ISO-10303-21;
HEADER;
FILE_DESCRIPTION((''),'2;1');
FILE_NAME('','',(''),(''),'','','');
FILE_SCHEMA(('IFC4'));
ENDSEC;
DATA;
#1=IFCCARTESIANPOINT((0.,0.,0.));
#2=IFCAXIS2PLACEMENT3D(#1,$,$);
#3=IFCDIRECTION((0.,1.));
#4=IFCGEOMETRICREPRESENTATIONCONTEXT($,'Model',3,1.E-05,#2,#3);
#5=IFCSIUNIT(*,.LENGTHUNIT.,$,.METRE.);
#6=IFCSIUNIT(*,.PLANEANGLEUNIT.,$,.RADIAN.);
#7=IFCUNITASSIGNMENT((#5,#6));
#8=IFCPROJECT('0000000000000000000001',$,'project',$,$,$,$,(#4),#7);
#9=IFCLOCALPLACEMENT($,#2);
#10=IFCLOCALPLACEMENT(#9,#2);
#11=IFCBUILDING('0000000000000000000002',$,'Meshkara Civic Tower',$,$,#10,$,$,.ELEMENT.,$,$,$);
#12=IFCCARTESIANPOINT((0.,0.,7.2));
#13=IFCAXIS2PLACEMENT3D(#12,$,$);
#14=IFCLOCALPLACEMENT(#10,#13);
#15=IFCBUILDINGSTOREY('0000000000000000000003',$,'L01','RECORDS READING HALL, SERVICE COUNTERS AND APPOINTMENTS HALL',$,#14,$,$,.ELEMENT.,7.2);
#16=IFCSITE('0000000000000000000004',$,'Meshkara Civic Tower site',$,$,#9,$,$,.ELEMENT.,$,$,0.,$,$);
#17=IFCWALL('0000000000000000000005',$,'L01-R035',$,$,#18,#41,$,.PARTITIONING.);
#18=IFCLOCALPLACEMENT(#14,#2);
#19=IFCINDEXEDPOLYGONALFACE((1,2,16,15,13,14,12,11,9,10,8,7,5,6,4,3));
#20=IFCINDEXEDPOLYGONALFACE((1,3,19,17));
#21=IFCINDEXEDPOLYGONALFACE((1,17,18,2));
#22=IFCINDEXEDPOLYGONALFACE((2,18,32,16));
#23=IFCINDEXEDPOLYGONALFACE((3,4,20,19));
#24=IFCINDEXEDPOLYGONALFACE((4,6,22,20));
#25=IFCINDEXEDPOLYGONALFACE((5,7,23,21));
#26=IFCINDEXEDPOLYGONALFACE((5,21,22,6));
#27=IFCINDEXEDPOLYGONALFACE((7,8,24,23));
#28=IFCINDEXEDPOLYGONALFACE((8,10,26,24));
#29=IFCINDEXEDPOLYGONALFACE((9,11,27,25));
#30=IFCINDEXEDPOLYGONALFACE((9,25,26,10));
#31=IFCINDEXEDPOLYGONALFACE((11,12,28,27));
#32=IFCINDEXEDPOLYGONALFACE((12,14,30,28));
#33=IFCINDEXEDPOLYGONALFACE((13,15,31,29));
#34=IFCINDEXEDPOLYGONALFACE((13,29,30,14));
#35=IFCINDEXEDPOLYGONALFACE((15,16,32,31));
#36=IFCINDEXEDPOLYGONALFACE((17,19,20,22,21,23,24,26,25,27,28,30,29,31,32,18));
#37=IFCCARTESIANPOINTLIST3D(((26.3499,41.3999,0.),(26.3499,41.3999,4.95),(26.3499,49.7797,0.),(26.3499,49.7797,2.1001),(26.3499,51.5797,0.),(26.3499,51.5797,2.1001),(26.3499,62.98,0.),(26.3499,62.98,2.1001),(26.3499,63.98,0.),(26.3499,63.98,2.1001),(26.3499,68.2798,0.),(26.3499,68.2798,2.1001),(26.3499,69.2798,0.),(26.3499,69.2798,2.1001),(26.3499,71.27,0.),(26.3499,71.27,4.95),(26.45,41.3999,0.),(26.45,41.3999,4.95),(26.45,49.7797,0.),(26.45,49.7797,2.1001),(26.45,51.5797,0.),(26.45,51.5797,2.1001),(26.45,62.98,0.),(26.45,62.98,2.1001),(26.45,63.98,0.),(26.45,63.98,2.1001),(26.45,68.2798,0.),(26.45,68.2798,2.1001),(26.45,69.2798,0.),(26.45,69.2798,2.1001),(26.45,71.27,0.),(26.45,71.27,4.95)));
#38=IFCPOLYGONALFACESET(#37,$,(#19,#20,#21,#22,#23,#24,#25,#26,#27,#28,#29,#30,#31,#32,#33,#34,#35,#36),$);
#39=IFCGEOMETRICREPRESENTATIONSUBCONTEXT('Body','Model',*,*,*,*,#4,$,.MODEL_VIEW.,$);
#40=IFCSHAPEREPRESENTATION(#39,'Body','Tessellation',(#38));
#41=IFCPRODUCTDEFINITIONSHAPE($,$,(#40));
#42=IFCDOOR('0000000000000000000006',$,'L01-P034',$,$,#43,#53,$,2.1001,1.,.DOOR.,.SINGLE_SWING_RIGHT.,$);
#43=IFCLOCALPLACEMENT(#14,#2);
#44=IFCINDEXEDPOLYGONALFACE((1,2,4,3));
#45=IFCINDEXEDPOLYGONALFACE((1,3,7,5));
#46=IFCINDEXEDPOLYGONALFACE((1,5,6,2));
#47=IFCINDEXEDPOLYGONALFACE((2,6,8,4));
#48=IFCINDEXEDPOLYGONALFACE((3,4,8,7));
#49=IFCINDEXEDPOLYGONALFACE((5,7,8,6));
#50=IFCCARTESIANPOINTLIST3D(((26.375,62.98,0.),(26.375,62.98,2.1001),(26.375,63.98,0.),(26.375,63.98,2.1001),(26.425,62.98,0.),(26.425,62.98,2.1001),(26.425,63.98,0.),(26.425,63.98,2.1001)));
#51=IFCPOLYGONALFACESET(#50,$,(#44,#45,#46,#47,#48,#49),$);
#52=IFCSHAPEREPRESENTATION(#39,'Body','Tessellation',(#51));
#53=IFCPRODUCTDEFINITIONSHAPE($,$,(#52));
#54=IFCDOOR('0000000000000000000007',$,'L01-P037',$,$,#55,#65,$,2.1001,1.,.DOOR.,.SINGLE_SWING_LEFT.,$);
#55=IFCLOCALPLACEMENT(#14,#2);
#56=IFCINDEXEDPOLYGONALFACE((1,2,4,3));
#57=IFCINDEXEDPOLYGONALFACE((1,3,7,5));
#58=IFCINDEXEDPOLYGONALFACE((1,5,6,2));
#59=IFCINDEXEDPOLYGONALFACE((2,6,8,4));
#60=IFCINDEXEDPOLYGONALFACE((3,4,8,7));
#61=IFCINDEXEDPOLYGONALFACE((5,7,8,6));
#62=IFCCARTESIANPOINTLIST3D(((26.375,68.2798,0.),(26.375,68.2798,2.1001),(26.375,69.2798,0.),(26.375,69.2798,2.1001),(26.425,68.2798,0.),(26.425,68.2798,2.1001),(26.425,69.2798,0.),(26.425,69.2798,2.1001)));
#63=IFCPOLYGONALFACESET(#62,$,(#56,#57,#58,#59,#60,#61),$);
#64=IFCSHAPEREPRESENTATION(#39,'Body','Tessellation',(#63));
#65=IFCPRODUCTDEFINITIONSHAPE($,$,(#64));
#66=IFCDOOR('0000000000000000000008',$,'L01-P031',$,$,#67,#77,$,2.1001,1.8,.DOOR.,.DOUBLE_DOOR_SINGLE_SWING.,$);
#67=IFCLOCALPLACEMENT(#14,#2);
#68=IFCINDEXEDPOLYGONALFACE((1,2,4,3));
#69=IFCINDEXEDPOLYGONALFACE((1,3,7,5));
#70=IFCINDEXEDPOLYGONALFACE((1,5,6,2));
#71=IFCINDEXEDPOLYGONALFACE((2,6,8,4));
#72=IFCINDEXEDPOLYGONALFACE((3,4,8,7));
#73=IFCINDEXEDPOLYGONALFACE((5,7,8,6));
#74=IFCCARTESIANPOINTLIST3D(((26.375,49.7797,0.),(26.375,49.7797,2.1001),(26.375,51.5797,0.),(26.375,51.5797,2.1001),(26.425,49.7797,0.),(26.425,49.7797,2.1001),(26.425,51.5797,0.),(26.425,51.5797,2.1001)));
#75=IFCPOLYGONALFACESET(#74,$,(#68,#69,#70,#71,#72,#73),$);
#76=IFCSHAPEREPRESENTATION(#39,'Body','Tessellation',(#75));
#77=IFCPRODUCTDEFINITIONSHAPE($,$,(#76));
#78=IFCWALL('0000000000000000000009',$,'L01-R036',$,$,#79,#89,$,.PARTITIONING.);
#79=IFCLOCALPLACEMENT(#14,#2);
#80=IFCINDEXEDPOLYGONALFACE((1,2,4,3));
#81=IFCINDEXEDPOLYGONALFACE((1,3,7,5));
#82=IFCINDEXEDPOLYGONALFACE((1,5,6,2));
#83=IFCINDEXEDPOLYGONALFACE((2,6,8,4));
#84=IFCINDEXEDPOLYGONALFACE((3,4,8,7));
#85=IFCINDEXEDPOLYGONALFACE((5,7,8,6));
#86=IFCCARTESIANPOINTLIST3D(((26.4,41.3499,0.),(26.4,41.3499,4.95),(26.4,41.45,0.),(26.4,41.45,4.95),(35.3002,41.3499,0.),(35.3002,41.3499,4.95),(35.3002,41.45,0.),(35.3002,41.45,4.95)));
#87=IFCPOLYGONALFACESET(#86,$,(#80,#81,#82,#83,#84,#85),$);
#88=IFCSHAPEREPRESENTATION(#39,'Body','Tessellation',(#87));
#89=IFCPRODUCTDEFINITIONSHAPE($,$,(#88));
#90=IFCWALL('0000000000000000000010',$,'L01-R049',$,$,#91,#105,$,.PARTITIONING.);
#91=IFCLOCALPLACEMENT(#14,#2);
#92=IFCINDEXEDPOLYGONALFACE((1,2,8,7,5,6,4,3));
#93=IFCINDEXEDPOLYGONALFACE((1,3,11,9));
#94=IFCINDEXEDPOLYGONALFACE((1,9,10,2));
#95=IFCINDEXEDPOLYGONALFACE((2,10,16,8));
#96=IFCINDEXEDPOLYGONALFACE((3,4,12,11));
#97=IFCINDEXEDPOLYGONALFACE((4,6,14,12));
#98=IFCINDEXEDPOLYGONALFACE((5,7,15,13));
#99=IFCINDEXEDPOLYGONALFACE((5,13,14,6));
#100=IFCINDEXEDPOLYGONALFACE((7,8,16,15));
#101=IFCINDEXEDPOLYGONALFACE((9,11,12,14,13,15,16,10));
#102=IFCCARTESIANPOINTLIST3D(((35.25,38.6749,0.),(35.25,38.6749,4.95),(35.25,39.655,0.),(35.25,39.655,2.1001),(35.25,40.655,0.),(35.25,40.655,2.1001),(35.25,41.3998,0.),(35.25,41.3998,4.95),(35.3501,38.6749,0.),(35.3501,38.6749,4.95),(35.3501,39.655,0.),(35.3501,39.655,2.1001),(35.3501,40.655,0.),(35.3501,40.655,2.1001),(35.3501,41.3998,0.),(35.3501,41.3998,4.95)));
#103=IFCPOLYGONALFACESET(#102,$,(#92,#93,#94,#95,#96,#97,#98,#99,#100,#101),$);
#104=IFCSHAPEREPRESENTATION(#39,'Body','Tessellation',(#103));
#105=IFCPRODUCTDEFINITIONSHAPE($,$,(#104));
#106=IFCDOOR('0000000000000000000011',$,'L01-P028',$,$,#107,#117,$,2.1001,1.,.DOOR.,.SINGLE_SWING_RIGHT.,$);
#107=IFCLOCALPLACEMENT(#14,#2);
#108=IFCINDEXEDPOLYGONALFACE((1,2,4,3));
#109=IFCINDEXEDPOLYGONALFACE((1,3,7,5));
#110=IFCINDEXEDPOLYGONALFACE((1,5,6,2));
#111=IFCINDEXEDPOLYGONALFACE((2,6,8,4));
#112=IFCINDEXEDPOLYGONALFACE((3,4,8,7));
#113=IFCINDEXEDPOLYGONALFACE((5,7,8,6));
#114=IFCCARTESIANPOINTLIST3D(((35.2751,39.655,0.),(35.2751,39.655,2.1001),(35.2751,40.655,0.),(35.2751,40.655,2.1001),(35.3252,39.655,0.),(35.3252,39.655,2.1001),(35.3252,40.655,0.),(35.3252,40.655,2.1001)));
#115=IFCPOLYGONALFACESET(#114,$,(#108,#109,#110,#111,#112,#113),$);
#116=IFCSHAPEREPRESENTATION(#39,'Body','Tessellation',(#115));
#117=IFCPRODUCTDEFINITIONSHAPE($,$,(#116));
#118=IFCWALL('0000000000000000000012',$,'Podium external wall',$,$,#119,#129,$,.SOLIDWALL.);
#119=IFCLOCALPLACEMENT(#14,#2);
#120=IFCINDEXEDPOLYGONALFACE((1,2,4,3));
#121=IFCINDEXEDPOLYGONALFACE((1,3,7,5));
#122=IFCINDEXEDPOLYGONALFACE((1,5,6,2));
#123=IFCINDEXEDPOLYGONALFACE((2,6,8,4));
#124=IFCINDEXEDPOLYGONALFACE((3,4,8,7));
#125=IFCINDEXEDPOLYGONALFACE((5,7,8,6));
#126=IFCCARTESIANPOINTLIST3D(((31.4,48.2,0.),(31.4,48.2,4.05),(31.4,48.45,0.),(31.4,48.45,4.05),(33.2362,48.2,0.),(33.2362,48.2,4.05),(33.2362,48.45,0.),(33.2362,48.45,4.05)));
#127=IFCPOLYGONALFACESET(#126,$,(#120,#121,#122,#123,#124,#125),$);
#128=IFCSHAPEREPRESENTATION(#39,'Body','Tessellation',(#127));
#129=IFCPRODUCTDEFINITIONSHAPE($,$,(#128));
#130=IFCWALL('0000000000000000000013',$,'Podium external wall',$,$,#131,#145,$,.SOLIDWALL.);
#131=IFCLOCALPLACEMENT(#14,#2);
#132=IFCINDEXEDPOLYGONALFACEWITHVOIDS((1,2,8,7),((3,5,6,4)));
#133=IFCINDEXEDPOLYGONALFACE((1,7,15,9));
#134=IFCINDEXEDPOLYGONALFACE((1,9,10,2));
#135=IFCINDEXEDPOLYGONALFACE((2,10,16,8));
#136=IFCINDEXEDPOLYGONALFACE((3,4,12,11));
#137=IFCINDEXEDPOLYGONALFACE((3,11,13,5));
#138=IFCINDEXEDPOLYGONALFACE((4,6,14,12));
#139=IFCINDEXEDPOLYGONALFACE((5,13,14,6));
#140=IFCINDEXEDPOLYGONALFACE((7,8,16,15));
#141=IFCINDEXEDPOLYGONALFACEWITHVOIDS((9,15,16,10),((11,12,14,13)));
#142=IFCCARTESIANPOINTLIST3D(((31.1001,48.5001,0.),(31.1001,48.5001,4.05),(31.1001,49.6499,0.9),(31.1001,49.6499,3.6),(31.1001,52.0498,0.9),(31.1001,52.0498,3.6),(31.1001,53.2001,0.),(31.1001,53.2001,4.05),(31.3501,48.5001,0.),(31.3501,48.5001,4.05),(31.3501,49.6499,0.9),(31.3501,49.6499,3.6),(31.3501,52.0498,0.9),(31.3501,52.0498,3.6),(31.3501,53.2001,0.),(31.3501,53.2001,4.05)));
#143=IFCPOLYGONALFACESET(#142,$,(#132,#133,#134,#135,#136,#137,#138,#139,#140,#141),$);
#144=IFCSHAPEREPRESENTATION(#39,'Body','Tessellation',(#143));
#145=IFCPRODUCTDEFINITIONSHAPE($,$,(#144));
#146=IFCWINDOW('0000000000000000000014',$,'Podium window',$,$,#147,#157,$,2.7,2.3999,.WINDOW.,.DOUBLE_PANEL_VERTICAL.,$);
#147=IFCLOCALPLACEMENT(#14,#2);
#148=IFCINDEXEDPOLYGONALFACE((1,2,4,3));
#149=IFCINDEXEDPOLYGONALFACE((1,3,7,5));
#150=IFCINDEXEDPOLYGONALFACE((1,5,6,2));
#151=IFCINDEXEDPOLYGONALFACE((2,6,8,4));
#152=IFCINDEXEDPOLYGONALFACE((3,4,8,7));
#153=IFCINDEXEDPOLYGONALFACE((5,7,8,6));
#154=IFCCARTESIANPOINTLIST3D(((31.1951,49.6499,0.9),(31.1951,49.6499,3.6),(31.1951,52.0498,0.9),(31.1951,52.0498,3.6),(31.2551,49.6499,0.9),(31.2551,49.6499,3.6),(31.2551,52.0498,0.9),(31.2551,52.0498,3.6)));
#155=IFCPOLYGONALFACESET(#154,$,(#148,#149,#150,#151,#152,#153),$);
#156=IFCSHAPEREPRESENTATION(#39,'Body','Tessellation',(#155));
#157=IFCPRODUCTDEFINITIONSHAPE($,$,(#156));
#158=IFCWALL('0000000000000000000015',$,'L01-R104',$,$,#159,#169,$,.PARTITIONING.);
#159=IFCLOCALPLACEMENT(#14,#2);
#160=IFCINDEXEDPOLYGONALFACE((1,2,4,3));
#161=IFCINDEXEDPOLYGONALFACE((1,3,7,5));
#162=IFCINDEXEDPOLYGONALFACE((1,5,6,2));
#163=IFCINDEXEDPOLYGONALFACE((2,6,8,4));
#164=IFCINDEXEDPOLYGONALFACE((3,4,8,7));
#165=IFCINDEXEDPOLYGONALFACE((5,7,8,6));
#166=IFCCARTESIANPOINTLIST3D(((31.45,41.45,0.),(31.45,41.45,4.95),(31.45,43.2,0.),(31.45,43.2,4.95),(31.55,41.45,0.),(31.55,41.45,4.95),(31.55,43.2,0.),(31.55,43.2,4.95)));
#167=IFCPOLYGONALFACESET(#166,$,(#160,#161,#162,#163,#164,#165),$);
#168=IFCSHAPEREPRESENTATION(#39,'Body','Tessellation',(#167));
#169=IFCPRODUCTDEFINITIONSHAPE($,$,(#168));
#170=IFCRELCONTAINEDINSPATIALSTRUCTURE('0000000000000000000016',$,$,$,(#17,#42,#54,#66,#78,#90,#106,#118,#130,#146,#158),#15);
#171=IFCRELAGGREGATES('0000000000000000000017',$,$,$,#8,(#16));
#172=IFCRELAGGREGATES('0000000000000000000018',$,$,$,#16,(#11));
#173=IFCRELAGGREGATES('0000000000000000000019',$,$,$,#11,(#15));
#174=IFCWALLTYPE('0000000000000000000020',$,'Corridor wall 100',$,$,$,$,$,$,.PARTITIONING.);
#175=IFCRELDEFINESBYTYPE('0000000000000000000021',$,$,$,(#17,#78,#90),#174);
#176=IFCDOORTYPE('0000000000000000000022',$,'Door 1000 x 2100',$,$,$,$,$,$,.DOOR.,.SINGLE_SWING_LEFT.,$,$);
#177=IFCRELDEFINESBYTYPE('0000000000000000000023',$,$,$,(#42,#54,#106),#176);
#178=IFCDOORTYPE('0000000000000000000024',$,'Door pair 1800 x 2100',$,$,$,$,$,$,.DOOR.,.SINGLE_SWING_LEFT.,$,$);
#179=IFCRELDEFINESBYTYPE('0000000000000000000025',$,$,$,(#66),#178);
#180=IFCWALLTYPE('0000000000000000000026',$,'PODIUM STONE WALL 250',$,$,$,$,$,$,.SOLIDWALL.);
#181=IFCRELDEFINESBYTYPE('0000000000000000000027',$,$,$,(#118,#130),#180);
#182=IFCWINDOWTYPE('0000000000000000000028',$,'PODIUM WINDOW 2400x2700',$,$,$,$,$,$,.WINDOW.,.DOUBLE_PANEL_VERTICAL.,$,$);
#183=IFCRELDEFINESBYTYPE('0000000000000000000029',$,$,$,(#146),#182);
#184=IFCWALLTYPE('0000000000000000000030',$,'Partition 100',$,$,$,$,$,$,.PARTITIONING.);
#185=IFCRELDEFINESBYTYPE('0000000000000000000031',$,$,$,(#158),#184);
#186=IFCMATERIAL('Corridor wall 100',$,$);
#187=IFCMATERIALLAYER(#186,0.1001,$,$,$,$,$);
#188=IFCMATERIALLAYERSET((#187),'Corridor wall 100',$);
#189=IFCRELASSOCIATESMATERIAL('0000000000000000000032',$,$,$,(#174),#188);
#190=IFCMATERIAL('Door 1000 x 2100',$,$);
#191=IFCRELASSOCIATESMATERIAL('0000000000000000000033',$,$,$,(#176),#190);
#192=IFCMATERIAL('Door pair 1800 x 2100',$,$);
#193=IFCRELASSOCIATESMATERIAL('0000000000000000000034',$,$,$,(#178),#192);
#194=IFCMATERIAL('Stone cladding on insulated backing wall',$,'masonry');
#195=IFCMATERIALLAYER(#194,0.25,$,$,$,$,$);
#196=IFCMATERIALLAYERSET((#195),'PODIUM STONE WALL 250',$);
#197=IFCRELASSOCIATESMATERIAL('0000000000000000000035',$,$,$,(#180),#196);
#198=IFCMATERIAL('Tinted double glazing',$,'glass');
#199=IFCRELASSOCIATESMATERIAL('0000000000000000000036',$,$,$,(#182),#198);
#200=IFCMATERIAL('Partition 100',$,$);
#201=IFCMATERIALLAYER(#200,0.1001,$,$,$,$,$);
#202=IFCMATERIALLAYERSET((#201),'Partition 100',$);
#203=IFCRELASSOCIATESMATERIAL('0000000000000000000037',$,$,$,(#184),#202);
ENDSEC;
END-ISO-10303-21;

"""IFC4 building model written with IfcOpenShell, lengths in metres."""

from ifc_helpers import new_model, si_unit, direction, frame, frame_2d, origin, place, context, subcontext, project, spatial, rectangle, extrude, material, layer, layer_set, type_object, element, fill, save


model = new_model("IFC4")

# Units and contexts
model_context = context("Model", 3, precision=1e-05, world=origin(), true_north=direction((0.0, 1.0)))
body_context = subcontext(model_context, "Body", "Model", "MODEL_VIEW")
ifc_project = project(units=[si_unit("LENGTHUNIT", "METRE"), si_unit("PLANEANGLEUNIT", "RADIAN")], contexts=[model_context])

# Site, building, storey
site_placement = place(None, origin())
site = spatial("IfcSite", under=ifc_project, at=site_placement, Name="Meshkara Civic Tower site", CompositionType="ELEMENT", RefElevation=0.0)
building_placement = place(site_placement, origin())
building = spatial("IfcBuilding", under=site, at=building_placement, Name="Meshkara Civic Tower", CompositionType="ELEMENT")
storey_placement = place(building_placement, frame((0.0, 0.0, 7.2)))
storey = spatial("IfcBuildingStorey", under=building, at=storey_placement, Name="L01", Description="RECORDS READING HALL, SERVICE COUNTERS AND APPOINTMENTS HALL", CompositionType="ELEMENT", Elevation=7.2)

# Shared definitions
ifc_material_1 = material(Name="Corridor wall 100")
ifc_layer_1 = layer(ifc_material_1, 0.1001)
ifc_layer_set_1 = layer_set([ifc_layer_1], Name="Corridor wall 100")
wall_type_1 = type_object("IfcWallType", Name="Corridor wall 100", PredefinedType="PARTITIONING", material=ifc_layer_set_1)
ifc_material_2 = material(Name="Door 1000 x 2100")
door_type_1 = type_object("IfcDoorType", Name="Door 1000 x 2100", OperationType="SINGLE_SWING_LEFT", PredefinedType="DOOR", material=ifc_material_2)

# Wall, openings, doors
wall_1_placement = place(storey_placement, frame((26.3999, 41.3999, 0.0), z_axis=(0.0, 0.0, 1.0), x_axis=(0.0, 1.0, 0.0)))
wall_1 = element("IfcWall", 1, at=wall_1_placement, inside=storey, type_object=wall_type_1, Name="L01-R035", PredefinedType="PARTITIONING", context=body_context, shape_type="SweptSolid", body=[
    extrude(rectangle(XDim=29.8701, YDim=0.1001, at=frame_2d((14.9351, 0.0))), origin(), (0.0, 0.0, 1.0), 4.95),
])
opening_1_placement = place(wall_1_placement, frame((8.3799, 0.0, 0.0)))
opening_1 = element("IfcOpeningElement", 2, at=opening_1_placement, cuts=wall_1, PredefinedType="OPENING", context=body_context, shape_type="SweptSolid", body=[
    extrude(rectangle(XDim=1.8, YDim=2.1001, at=frame_2d((0.8999, 1.05))), frame((0.0, 0.0601, 0.0), z_axis=(0.0, -1.0, 0.0), x_axis=(1.0, 0.0, 0.0)), (0.0, 0.0, 1.0), 0.1201),
])
opening_2_placement = place(wall_1_placement, frame((21.5801, 0.0, 0.0)))
opening_2 = element("IfcOpeningElement", 3, at=opening_2_placement, cuts=wall_1, PredefinedType="OPENING", context=body_context, shape_type="SweptSolid", body=[
    extrude(rectangle(XDim=1.0, YDim=2.1001, at=frame_2d((0.5, 1.05))), frame((0.0, 0.0601, 0.0), z_axis=(0.0, -1.0, 0.0), x_axis=(1.0, 0.0, 0.0)), (0.0, 0.0, 1.0), 0.1201),
])
opening_3_placement = place(wall_1_placement, frame((26.8799, 0.0, 0.0)))
opening_3 = element("IfcOpeningElement", 4, at=opening_3_placement, cuts=wall_1, PredefinedType="OPENING", context=body_context, shape_type="SweptSolid", body=[
    extrude(rectangle(XDim=1.0, YDim=2.1001, at=frame_2d((0.5, 1.05))), frame((0.0, 0.0601, 0.0), z_axis=(0.0, -1.0, 0.0), x_axis=(1.0, 0.0, 0.0)), (0.0, 0.0, 1.0), 0.1201),
])
door_1_placement = place(opening_2_placement, origin())
door_1 = element("IfcDoor", 5, at=door_1_placement, inside=storey, type_object=door_type_1, Name="L01-P034", OperationType="SINGLE_SWING_RIGHT", OverallHeight=2.1001, OverallWidth=1.0, PredefinedType="DOOR", context=body_context, shape_type="SweptSolid", body=[
    extrude(rectangle(XDim=1.0, YDim=2.1001, at=frame_2d((0.5, 1.05))), frame((0.0, 0.0249, 0.0), z_axis=(0.0, -1.0, 0.0), x_axis=(1.0, 0.0, 0.0)), (0.0, 0.0, 1.0), 0.05),
])
fill(opening_2, door_1)
door_2_placement = place(opening_3_placement, origin())
door_2 = element("IfcDoor", 6, at=door_2_placement, inside=storey, type_object=door_type_1, Name="L01-P037", OperationType="SINGLE_SWING_LEFT", OverallHeight=2.1001, OverallWidth=1.0, PredefinedType="DOOR", context=body_context, shape_type="SweptSolid", body=[
    extrude(rectangle(XDim=1.0, YDim=2.1001, at=frame_2d((0.5, 1.05))), frame((0.0, 0.0249, 0.0), z_axis=(0.0, -1.0, 0.0), x_axis=(1.0, 0.0, 0.0)), (0.0, 0.0, 1.0), 0.05),
])
fill(opening_3, door_2)
ifc_material_3 = material(Name="Door pair 1800 x 2100")
door_type_2 = type_object("IfcDoorType", Name="Door pair 1800 x 2100", OperationType="SINGLE_SWING_LEFT", PredefinedType="DOOR", material=ifc_material_3)
door_3_placement = place(opening_1_placement, origin())
door_3 = element("IfcDoor", 7, at=door_3_placement, inside=storey, type_object=door_type_2, Name="L01-P031", OperationType="DOUBLE_DOOR_SINGLE_SWING", OverallHeight=2.1001, OverallWidth=1.8, PredefinedType="DOOR", context=body_context, shape_type="SweptSolid", body=[
    extrude(rectangle(XDim=1.8, YDim=2.1001, at=frame_2d((0.8999, 1.05))), frame((0.0, 0.0249, 0.0), z_axis=(0.0, -1.0, 0.0), x_axis=(1.0, 0.0, 0.0)), (0.0, 0.0, 1.0), 0.05),
])
fill(opening_1, door_3)

# Wall
wall_2_placement = place(storey_placement, frame((26.3999, 41.3999, 0.0), z_axis=(0.0, 0.0, 1.0), x_axis=(1.0, 0.0, 0.0)))
element("IfcWall", 8, at=wall_2_placement, inside=storey, type_object=wall_type_1, Name="L01-R036", PredefinedType="PARTITIONING", context=body_context, shape_type="SweptSolid", body=[
    extrude(rectangle(XDim=8.9001, YDim=0.1001, at=frame_2d((4.4502, 0.0))), origin(), (0.0, 0.0, 1.0), 4.95),
])

# Wall, opening, door
wall_3_placement = place(storey_placement, frame((35.3, 38.675, 0.0), z_axis=(0.0, 0.0, 1.0), x_axis=(0.0, 1.0, 0.0)))
wall_3 = element("IfcWall", 9, at=wall_3_placement, inside=storey, type_object=wall_type_1, Name="L01-R049", PredefinedType="PARTITIONING", context=body_context, shape_type="SweptSolid", body=[
    extrude(rectangle(XDim=2.7249, YDim=0.1001, at=frame_2d((1.3623, 0.0))), origin(), (0.0, 0.0, 1.0), 4.95),
])
opening_4_placement = place(wall_3_placement, frame((0.98, 0.0, 0.0)))
opening_4 = element("IfcOpeningElement", 10, at=opening_4_placement, cuts=wall_3, PredefinedType="OPENING", context=body_context, shape_type="SweptSolid", body=[
    extrude(rectangle(XDim=1.0, YDim=2.1001, at=frame_2d((0.5, 1.05))), frame((0.0, 0.0601, 0.0), z_axis=(0.0, -1.0, 0.0), x_axis=(1.0, 0.0, 0.0)), (0.0, 0.0, 1.0), 0.1201),
])
door_4_placement = place(opening_4_placement, origin())
door_4 = element("IfcDoor", 11, at=door_4_placement, inside=storey, type_object=door_type_1, Name="L01-P028", OperationType="SINGLE_SWING_RIGHT", OverallHeight=2.1001, OverallWidth=1.0, PredefinedType="DOOR", context=body_context, shape_type="SweptSolid", body=[
    extrude(rectangle(XDim=1.0, YDim=2.1001, at=frame_2d((0.5, 1.05))), frame((0.0, 0.0249, 0.0), z_axis=(0.0, -1.0, 0.0), x_axis=(1.0, 0.0, 0.0)), (0.0, 0.0, 1.0), 0.05),
])
fill(opening_4, door_4)

# Wall
ifc_material_4 = material(Name="Stone cladding on insulated backing wall", Category="masonry")
ifc_layer_2 = layer(ifc_material_4, 0.25)
ifc_layer_set_2 = layer_set([ifc_layer_2], Name="PODIUM STONE WALL 250")
wall_type_2 = type_object("IfcWallType", Name="PODIUM STONE WALL 250", PredefinedType="SOLIDWALL", material=ifc_layer_set_2)
wall_4_placement = place(storey_placement, frame((33.2361, 48.325, 0.0), z_axis=(0.0, 0.0, 1.0), x_axis=(-1.0, 0.0, 0.0)))
element("IfcWall", 12, at=wall_4_placement, inside=storey, type_object=wall_type_2, Name="Podium external wall", PredefinedType="SOLIDWALL", context=body_context, shape_type="SweptSolid", body=[
    extrude(rectangle(XDim=1.8362, YDim=0.25, at=frame_2d((0.918, 0.0))), origin(), (0.0, 0.0, 1.0), 4.05),
])

# Wall, opening, window
wall_5_placement = place(storey_placement, frame((31.2251, 48.5, 0.0), z_axis=(0.0, 0.0, 1.0), x_axis=(0.0, 1.0, 0.0)))
wall_5 = element("IfcWall", 13, at=wall_5_placement, inside=storey, type_object=wall_type_2, Name="Podium external wall", PredefinedType="SOLIDWALL", context=body_context, shape_type="SweptSolid", body=[
    extrude(rectangle(XDim=4.7, YDim=0.25, at=frame_2d((2.3501, 0.0))), origin(), (0.0, 0.0, 1.0), 4.05),
])
opening_5_placement = place(wall_5_placement, frame((1.1499, 0.0, 0.8999)))
opening_5 = element("IfcOpeningElement", 14, at=opening_5_placement, cuts=wall_5, PredefinedType="OPENING", context=body_context, shape_type="SweptSolid", body=[
    extrude(rectangle(XDim=2.3999, YDim=2.7, at=frame_2d((1.2, 1.3501))), frame((0.0, 0.135, 0.0), z_axis=(0.0, -1.0, 0.0), x_axis=(1.0, 0.0, 0.0)), (0.0, 0.0, 1.0), 0.27),
])
ifc_material_5 = material(Name="Tinted double glazing", Category="glass")
window_type = type_object("IfcWindowType", Name="PODIUM WINDOW 2400x2700", PartitioningType="DOUBLE_PANEL_VERTICAL", PredefinedType="WINDOW", material=ifc_material_5)
window_placement = place(opening_5_placement, origin())
window = element("IfcWindow", 15, at=window_placement, inside=storey, type_object=window_type, Name="Podium window", OverallHeight=2.7, OverallWidth=2.3999, PartitioningType="DOUBLE_PANEL_VERTICAL", PredefinedType="WINDOW", context=body_context, shape_type="SweptSolid", body=[
    extrude(rectangle(XDim=2.3999, YDim=2.7, at=frame_2d((1.2, 1.3501))), frame((0.0, 0.03, 0.0), z_axis=(0.0, -1.0, 0.0), x_axis=(1.0, 0.0, 0.0)), (0.0, 0.0, 1.0), 0.0601),
])
fill(opening_5, window)

# Wall
ifc_material_6 = material(Name="Partition 100")
ifc_layer_3 = layer(ifc_material_6, 0.1001)
ifc_layer_set_3 = layer_set([ifc_layer_3], Name="Partition 100")
wall_type_3 = type_object("IfcWallType", Name="Partition 100", PredefinedType="PARTITIONING", material=ifc_layer_set_3)
wall_6_placement = place(storey_placement, frame((31.5, 41.45, 0.0), z_axis=(0.0, 0.0, 1.0), x_axis=(0.0, 1.0, 0.0)))
element("IfcWall", 16, at=wall_6_placement, inside=storey, type_object=wall_type_3, Name="L01-R104", PredefinedType="PARTITIONING", context=body_context, shape_type="SweptSolid", body=[
    extrude(rectangle(XDim=1.75, YDim=0.1001, at=frame_2d((0.875, 0.0))), origin(), (0.0, 0.0, 1.0), 4.95),
])

save(model, "model.ifc")
